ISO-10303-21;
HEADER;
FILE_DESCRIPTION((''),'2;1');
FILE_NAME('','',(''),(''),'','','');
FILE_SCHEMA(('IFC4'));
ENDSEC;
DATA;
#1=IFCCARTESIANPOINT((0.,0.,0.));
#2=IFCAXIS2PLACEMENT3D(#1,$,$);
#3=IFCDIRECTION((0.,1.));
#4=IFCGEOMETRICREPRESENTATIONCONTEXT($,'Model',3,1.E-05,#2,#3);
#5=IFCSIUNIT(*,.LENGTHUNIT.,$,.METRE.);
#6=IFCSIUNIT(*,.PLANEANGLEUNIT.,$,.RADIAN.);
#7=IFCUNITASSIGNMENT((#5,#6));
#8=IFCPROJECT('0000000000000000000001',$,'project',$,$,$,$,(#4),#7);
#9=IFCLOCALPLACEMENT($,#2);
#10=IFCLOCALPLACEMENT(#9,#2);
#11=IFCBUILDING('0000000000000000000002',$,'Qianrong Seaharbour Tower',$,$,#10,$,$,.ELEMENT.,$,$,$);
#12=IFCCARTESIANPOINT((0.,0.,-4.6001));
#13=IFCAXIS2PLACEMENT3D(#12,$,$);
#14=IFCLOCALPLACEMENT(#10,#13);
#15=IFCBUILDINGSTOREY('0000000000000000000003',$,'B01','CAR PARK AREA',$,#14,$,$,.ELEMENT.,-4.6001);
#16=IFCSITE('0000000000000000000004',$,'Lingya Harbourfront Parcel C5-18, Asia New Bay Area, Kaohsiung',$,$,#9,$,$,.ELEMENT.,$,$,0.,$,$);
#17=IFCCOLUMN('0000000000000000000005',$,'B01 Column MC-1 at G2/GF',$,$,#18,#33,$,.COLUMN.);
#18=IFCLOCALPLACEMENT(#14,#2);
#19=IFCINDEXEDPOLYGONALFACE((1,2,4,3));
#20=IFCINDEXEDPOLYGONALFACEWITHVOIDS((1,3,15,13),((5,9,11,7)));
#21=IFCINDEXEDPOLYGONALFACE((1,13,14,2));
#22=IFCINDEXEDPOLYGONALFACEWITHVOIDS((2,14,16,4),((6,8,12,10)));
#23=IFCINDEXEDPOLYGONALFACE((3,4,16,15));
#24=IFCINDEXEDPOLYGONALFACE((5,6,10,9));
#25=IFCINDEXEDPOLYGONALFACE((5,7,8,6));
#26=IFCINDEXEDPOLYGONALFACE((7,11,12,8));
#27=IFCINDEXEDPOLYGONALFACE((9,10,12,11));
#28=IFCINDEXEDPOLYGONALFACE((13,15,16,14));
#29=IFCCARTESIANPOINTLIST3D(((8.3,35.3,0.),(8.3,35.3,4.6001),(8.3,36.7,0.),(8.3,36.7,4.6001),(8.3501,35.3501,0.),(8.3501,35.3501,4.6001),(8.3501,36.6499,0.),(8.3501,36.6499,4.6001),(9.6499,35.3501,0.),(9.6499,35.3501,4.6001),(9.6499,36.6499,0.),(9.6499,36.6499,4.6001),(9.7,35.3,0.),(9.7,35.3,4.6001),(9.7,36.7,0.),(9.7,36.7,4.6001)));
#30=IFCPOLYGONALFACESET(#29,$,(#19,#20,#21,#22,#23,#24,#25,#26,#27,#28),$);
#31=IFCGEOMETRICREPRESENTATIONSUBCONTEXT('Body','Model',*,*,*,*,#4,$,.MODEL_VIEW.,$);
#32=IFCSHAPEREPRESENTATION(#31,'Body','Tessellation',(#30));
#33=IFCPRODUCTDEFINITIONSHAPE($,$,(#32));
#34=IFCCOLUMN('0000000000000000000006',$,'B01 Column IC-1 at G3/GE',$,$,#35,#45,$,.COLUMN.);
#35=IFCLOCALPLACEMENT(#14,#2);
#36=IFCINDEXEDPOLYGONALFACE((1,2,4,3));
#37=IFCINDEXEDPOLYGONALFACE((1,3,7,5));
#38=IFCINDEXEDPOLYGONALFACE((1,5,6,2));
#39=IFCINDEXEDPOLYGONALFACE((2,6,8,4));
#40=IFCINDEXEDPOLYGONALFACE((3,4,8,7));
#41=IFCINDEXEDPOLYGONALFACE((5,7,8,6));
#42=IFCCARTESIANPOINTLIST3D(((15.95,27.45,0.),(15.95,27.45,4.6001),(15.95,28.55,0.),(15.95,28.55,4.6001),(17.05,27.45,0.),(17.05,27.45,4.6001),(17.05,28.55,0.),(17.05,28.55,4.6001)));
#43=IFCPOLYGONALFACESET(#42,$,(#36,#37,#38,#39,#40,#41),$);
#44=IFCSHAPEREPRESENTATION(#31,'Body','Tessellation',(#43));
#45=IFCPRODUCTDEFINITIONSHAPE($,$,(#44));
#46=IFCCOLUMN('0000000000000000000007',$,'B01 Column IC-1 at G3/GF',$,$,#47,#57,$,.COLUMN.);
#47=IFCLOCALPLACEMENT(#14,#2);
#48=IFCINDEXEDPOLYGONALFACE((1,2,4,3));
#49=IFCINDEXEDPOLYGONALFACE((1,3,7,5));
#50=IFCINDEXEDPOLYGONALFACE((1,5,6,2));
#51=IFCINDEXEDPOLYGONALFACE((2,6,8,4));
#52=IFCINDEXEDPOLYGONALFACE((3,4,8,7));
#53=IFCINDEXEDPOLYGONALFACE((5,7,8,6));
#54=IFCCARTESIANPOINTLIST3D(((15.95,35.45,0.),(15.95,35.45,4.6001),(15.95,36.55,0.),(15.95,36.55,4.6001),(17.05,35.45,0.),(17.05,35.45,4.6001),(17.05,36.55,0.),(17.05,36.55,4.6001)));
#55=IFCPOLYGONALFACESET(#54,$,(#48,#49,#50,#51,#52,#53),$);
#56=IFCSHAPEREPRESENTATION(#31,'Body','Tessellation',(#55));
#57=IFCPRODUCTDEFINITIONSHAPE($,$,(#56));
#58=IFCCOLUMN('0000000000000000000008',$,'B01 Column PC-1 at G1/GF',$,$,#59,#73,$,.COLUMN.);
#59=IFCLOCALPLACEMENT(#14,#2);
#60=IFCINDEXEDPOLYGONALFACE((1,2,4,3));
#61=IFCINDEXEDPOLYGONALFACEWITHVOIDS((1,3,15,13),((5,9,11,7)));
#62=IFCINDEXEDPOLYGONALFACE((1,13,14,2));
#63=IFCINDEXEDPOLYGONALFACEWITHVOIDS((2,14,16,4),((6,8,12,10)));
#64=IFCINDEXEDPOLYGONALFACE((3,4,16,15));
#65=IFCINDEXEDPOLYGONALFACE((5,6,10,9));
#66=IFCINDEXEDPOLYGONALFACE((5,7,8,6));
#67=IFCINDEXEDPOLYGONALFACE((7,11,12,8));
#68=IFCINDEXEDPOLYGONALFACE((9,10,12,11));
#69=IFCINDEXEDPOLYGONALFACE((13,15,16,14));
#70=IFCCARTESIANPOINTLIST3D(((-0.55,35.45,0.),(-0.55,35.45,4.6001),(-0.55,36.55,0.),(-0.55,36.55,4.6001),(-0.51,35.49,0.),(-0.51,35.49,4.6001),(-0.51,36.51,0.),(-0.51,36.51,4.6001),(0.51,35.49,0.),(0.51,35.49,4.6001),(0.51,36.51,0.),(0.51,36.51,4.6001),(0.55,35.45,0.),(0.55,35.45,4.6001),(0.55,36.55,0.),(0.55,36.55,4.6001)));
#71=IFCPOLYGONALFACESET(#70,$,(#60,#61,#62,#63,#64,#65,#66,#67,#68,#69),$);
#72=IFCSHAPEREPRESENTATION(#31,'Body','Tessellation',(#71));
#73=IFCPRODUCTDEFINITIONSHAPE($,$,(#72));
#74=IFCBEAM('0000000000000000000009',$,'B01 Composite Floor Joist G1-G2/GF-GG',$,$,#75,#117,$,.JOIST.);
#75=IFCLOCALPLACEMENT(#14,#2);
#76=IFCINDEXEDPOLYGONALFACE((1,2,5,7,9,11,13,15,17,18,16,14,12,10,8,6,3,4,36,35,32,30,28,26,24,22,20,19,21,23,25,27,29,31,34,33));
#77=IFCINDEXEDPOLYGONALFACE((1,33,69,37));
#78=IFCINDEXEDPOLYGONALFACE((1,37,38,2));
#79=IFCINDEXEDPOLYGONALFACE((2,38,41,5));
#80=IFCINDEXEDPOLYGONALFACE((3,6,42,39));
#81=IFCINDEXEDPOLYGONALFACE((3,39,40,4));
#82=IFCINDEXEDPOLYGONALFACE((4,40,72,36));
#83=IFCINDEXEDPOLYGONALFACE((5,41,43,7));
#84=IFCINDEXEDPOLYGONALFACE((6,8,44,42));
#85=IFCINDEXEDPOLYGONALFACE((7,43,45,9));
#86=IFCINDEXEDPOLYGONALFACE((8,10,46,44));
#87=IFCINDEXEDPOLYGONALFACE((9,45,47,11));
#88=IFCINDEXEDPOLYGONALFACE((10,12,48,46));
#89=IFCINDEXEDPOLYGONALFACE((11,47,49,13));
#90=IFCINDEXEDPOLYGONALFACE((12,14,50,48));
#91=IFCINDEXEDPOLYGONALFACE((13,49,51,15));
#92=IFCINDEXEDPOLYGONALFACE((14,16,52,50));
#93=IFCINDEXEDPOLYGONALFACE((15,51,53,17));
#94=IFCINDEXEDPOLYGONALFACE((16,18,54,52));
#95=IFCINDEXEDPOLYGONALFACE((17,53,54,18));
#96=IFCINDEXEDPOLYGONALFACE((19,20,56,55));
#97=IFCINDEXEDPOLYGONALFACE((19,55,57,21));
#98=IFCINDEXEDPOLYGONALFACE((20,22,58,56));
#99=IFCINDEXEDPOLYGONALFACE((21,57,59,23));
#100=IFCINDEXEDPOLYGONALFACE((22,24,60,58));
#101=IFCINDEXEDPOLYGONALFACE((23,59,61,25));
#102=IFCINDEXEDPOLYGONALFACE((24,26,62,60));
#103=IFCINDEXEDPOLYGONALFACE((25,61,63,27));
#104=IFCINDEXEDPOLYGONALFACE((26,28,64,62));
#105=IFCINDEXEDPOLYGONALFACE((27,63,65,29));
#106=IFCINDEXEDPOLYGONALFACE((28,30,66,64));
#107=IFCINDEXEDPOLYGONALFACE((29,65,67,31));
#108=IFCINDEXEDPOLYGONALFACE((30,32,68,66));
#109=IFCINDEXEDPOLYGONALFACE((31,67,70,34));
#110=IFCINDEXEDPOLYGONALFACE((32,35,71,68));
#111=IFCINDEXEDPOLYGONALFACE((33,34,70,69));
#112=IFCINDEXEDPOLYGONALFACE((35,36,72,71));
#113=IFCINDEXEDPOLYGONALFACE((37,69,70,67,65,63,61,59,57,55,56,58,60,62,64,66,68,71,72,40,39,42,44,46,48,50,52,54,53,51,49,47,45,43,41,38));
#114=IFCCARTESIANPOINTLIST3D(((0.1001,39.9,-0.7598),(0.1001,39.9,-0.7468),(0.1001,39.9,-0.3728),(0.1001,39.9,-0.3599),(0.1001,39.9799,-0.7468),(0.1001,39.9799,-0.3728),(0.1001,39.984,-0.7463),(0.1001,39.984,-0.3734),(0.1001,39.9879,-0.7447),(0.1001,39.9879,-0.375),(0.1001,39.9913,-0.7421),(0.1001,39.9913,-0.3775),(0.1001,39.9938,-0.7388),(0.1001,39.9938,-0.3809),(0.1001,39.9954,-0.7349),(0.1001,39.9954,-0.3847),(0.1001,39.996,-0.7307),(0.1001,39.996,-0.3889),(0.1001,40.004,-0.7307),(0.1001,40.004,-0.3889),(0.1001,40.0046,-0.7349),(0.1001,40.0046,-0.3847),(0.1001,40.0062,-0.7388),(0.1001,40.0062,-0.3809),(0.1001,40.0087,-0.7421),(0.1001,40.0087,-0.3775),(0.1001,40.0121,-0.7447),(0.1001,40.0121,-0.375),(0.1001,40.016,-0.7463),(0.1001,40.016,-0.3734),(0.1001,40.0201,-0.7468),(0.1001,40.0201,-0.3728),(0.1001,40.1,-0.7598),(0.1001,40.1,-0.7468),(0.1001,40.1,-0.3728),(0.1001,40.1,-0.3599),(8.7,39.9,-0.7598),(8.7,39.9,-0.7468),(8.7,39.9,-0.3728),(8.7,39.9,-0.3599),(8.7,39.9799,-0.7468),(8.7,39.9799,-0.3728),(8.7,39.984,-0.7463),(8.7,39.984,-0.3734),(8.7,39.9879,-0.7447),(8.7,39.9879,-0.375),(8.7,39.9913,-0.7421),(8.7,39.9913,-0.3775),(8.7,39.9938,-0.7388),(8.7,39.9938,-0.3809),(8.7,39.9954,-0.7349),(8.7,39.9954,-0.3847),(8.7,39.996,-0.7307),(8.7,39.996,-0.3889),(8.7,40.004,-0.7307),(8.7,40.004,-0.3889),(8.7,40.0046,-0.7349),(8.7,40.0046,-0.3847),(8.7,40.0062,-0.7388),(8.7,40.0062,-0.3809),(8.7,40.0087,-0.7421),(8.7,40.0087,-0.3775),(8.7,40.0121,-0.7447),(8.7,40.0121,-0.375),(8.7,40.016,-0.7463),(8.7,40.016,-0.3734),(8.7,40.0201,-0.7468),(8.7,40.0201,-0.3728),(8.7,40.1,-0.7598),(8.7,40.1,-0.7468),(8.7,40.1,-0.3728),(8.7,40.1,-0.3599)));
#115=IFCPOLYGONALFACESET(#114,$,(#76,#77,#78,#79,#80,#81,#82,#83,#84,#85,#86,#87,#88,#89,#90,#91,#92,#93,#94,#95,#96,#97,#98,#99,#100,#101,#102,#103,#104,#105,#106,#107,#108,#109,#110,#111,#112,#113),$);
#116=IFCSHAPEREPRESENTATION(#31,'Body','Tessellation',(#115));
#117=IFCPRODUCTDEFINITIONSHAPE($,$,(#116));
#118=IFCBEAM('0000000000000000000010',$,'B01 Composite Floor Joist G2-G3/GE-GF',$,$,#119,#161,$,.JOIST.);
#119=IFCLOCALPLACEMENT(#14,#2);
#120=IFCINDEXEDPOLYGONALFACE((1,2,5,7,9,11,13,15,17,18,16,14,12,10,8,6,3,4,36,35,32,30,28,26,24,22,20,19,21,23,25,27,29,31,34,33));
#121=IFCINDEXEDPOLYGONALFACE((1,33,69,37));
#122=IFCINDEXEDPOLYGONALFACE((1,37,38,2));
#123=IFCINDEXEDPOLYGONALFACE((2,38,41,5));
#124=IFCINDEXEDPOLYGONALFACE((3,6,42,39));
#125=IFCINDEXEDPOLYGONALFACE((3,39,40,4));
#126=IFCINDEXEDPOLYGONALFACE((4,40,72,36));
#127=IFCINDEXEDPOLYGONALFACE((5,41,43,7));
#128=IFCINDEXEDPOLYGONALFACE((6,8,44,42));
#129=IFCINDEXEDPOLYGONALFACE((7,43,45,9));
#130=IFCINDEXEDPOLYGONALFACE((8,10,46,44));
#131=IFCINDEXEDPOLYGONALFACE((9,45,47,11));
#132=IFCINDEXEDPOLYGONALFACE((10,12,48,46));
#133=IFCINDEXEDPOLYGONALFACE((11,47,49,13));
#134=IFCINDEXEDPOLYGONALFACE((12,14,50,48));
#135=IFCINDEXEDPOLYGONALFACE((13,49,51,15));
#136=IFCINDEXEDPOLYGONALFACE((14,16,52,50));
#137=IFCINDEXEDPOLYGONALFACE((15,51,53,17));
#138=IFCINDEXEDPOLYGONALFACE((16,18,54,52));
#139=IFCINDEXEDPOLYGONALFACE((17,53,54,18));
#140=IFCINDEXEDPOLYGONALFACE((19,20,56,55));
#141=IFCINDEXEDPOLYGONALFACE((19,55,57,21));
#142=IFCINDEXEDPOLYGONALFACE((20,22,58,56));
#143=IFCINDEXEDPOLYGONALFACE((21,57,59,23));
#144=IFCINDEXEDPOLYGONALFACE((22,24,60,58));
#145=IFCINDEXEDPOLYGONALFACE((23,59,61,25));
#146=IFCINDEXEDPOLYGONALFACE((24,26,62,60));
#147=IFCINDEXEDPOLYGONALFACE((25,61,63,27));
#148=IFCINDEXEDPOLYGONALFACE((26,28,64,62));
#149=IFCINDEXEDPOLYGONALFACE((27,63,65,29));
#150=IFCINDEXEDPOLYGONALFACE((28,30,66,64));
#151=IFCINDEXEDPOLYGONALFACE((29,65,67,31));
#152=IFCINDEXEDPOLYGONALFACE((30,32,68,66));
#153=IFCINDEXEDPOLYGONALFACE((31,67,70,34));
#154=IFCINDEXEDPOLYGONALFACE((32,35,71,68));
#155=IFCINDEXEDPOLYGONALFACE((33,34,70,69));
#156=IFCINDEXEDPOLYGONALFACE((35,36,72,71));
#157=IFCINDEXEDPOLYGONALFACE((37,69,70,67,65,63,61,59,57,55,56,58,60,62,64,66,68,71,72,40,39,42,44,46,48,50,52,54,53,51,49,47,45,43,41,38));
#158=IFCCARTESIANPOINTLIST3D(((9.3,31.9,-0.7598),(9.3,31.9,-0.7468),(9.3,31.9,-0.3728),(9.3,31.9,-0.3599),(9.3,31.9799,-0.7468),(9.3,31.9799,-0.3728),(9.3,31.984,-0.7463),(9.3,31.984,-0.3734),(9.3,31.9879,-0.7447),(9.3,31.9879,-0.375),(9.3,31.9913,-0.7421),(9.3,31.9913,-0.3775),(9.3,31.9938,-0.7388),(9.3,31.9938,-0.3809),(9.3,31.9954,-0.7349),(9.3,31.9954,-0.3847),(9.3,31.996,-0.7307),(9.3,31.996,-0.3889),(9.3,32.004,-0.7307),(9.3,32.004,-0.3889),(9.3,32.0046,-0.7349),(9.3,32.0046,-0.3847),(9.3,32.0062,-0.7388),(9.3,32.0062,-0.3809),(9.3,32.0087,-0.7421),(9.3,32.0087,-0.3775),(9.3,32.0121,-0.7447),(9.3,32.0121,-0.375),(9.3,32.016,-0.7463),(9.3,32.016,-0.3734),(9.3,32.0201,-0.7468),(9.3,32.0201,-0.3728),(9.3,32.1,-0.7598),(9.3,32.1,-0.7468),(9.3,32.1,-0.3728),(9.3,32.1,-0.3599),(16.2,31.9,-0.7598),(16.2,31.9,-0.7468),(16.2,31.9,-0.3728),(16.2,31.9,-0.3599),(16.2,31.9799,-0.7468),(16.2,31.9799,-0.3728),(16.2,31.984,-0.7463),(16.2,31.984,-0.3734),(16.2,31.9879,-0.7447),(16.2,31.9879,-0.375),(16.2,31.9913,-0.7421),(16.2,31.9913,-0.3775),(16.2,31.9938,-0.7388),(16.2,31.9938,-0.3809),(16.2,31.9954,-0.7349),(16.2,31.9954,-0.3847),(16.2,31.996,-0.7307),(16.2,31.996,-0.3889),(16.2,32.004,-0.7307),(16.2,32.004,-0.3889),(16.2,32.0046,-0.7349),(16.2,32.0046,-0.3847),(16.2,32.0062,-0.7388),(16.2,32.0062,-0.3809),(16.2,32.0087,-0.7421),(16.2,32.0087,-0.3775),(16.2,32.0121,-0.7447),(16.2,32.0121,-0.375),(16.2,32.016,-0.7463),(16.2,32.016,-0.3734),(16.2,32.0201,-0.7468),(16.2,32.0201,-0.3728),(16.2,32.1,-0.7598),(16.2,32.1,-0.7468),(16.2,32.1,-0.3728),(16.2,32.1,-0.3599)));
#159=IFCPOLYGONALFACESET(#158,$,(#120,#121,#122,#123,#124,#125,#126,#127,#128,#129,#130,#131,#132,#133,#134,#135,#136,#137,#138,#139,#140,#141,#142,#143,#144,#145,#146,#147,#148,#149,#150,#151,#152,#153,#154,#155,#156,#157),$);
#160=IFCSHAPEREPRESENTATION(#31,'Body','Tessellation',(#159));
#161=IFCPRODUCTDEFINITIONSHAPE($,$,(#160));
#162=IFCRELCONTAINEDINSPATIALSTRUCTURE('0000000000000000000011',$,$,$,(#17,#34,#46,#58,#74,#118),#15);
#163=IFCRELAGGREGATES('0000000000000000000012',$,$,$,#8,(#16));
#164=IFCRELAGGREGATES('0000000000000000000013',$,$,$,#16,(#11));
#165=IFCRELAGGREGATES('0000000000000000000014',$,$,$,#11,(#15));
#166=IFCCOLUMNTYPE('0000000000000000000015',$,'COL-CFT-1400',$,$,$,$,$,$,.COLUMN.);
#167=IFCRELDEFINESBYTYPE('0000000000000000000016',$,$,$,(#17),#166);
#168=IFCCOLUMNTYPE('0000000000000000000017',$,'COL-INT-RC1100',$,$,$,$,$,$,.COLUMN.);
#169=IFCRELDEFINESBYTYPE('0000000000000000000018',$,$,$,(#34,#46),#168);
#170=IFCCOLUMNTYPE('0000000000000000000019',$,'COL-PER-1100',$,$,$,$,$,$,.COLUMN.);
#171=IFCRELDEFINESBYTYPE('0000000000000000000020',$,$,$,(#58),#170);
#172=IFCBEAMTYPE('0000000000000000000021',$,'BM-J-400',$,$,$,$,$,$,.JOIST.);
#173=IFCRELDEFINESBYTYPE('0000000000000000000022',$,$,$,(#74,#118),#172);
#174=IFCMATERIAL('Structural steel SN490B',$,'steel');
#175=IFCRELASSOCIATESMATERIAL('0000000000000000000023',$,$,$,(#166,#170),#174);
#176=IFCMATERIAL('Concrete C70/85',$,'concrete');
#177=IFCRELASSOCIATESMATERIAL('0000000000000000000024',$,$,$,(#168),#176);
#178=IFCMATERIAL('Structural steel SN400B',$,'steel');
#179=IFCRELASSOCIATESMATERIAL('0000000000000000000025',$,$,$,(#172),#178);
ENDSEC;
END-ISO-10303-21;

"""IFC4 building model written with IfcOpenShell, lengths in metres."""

from ifc_helpers import new_model, si_unit, direction, frame, origin, origin_2d, place, context, subcontext, project, spatial, rectangle, hollow_rectangle, i_section, extrude, material, material_profile, profile_set, type_object, element, save


model = new_model("IFC4")

# Units and contexts
model_context = context("Model", 3, precision=1e-05, world=origin(), true_north=direction((0.0, 1.0)))
body_context = subcontext(model_context, "Body", "Model", "MODEL_VIEW")
ifc_project = project(units=[si_unit("LENGTHUNIT", "METRE"), si_unit("PLANEANGLEUNIT", "RADIAN")], contexts=[model_context])

# Site, building, storey
site_placement = place(None, origin())
site = spatial("IfcSite", under=ifc_project, at=site_placement, Name="Lingya Harbourfront Parcel C5-18, Asia New Bay Area, Kaohsiung", CompositionType="ELEMENT", RefElevation=0.0)
building_placement = place(site_placement, origin())
building = spatial("IfcBuilding", under=site, at=building_placement, Name="Qianrong Seaharbour Tower", CompositionType="ELEMENT")
storey_placement = place(building_placement, frame((0.0, 0.0, -4.6001)))
storey = spatial("IfcBuildingStorey", under=building, at=storey_placement, Name="B01", Description="CAR PARK AREA", CompositionType="ELEMENT", Elevation=-4.6001)

# Columns
ifc_material_1 = material(Name="Structural steel SN490B", Category="steel")
ifc_material_profile_1 = material_profile(ifc_material_1, hollow_rectangle(XDim=1.3999, YDim=1.3999, WallThickness=0.05, at=origin_2d()), Name="BOX1400x1400x50")
ifc_profile_set_1 = profile_set([ifc_material_profile_1], Name="Structural steel SN490B")
column_type_1 = type_object("IfcColumnType", Name="COL-CFT-1400", PredefinedType="COLUMN", material=ifc_profile_set_1)
column_1_placement = place(storey_placement, frame((9.0, 36.0, 0.0), z_axis=(0.0, 0.0, 1.0), x_axis=(1.0, 0.0, 0.0)))
element("IfcColumn", 1, at=column_1_placement, inside=storey, type_object=column_type_1, Name="B01 Column MC-1 at G2/GF", PredefinedType="COLUMN", context=body_context, shape_type="SweptSolid", body=[
    extrude(hollow_rectangle(XDim=1.3999, YDim=1.3999, WallThickness=0.05, at=origin_2d()), origin(), (0.0, 0.0, 1.0), 4.6001),
])
ifc_material_2 = material(Name="Concrete C70/85", Category="concrete")
ifc_material_profile_2 = material_profile(ifc_material_2, rectangle(XDim=1.1001, YDim=1.1001, at=origin_2d()), Name="RC1100x1100")
ifc_profile_set_2 = profile_set([ifc_material_profile_2], Name="Concrete C70/85")
column_type_2 = type_object("IfcColumnType", Name="COL-INT-RC1100", PredefinedType="COLUMN", material=ifc_profile_set_2)
for number, where, z_axis, x_axis, name in (
    (2, (16.5, 28.0, 0.0), (0.0, 0.0, 1.0), (1.0, 0.0, 0.0), "B01 Column IC-1 at G3/GE"),
    (3, (16.5, 36.0, 0.0), (0.0, 0.0, 1.0), (1.0, 0.0, 0.0), "B01 Column IC-1 at G3/GF"),
):
    element("IfcColumn", number, at=place(storey_placement, frame(where, z_axis=z_axis, x_axis=x_axis)), inside=storey, type_object=column_type_2, Name=name, PredefinedType="COLUMN", context=body_context, shape_type="SweptSolid", body=[
        extrude(rectangle(XDim=1.1001, YDim=1.1001, at=origin_2d()), origin(), (0.0, 0.0, 1.0), 4.6001),
    ])
ifc_material_profile_3 = material_profile(ifc_material_1, hollow_rectangle(XDim=1.1001, YDim=1.1001, WallThickness=0.04, at=origin_2d()), Name="BOX1100x1100x40")
ifc_profile_set_3 = profile_set([ifc_material_profile_3], Name="Structural steel SN490B")
column_type_3 = type_object("IfcColumnType", Name="COL-PER-1100", PredefinedType="COLUMN", material=ifc_profile_set_3)
column_2_placement = place(storey_placement, frame((0.0, 36.0, 0.0), z_axis=(0.0, 0.0, 1.0), x_axis=(1.0, 0.0, 0.0)))
element("IfcColumn", 4, at=column_2_placement, inside=storey, type_object=column_type_3, Name="B01 Column PC-1 at G1/GF", PredefinedType="COLUMN", context=body_context, shape_type="SweptSolid", body=[
    extrude(hollow_rectangle(XDim=1.1001, YDim=1.1001, WallThickness=0.04, at=origin_2d()), origin(), (0.0, 0.0, 1.0), 4.6001),
])

# Beams
ifc_material_3 = material(Name="Structural steel SN400B", Category="steel")
ifc_material_profile_4 = material_profile(ifc_material_3, i_section(OverallWidth=0.2, OverallDepth=0.3999, WebThickness=0.0081, FlangeThickness=0.0129, FilletRadius=0.0161, at=origin_2d()), Name="H400x200x8x13")
ifc_profile_set_4 = profile_set([ifc_material_profile_4], Name="Structural steel SN400B")
beam_type_1 = type_object("IfcBeamType", Name="BM-J-400", PredefinedType="JOIST", material=ifc_profile_set_4)
beam_1_placement = place(storey_placement, frame((0.1001, 40.0, -0.5598), z_axis=(1.0, 0.0, 0.0), x_axis=(0.0, 1.0, 0.0)))
element("IfcBeam", 5, at=beam_1_placement, inside=storey, type_object=beam_type_1, Name="B01 Composite Floor Joist G1-G2/GF-GG", PredefinedType="JOIST", context=body_context, shape_type="SweptSolid", body=[
    extrude(i_section(OverallWidth=0.2, OverallDepth=0.3999, WebThickness=0.0081, FlangeThickness=0.0129, FilletRadius=0.0161, at=origin_2d()), origin(), (0.0, 0.0, 1.0), 8.5999),
])
beam_2_placement = place(storey_placement, frame((9.3, 32.0, -0.5598), z_axis=(1.0, 0.0, 0.0), x_axis=(0.0, 1.0, 0.0)))
element("IfcBeam", 6, at=beam_2_placement, inside=storey, type_object=beam_type_1, Name="B01 Composite Floor Joist G2-G3/GE-GF", PredefinedType="JOIST", context=body_context, shape_type="SweptSolid", body=[
    extrude(i_section(OverallWidth=0.2, OverallDepth=0.3999, WebThickness=0.0081, FlangeThickness=0.0129, FilletRadius=0.0161, at=origin_2d()), origin(), (0.0, 0.0, 1.0), 6.8999),
])

save(model, "model.ifc")
